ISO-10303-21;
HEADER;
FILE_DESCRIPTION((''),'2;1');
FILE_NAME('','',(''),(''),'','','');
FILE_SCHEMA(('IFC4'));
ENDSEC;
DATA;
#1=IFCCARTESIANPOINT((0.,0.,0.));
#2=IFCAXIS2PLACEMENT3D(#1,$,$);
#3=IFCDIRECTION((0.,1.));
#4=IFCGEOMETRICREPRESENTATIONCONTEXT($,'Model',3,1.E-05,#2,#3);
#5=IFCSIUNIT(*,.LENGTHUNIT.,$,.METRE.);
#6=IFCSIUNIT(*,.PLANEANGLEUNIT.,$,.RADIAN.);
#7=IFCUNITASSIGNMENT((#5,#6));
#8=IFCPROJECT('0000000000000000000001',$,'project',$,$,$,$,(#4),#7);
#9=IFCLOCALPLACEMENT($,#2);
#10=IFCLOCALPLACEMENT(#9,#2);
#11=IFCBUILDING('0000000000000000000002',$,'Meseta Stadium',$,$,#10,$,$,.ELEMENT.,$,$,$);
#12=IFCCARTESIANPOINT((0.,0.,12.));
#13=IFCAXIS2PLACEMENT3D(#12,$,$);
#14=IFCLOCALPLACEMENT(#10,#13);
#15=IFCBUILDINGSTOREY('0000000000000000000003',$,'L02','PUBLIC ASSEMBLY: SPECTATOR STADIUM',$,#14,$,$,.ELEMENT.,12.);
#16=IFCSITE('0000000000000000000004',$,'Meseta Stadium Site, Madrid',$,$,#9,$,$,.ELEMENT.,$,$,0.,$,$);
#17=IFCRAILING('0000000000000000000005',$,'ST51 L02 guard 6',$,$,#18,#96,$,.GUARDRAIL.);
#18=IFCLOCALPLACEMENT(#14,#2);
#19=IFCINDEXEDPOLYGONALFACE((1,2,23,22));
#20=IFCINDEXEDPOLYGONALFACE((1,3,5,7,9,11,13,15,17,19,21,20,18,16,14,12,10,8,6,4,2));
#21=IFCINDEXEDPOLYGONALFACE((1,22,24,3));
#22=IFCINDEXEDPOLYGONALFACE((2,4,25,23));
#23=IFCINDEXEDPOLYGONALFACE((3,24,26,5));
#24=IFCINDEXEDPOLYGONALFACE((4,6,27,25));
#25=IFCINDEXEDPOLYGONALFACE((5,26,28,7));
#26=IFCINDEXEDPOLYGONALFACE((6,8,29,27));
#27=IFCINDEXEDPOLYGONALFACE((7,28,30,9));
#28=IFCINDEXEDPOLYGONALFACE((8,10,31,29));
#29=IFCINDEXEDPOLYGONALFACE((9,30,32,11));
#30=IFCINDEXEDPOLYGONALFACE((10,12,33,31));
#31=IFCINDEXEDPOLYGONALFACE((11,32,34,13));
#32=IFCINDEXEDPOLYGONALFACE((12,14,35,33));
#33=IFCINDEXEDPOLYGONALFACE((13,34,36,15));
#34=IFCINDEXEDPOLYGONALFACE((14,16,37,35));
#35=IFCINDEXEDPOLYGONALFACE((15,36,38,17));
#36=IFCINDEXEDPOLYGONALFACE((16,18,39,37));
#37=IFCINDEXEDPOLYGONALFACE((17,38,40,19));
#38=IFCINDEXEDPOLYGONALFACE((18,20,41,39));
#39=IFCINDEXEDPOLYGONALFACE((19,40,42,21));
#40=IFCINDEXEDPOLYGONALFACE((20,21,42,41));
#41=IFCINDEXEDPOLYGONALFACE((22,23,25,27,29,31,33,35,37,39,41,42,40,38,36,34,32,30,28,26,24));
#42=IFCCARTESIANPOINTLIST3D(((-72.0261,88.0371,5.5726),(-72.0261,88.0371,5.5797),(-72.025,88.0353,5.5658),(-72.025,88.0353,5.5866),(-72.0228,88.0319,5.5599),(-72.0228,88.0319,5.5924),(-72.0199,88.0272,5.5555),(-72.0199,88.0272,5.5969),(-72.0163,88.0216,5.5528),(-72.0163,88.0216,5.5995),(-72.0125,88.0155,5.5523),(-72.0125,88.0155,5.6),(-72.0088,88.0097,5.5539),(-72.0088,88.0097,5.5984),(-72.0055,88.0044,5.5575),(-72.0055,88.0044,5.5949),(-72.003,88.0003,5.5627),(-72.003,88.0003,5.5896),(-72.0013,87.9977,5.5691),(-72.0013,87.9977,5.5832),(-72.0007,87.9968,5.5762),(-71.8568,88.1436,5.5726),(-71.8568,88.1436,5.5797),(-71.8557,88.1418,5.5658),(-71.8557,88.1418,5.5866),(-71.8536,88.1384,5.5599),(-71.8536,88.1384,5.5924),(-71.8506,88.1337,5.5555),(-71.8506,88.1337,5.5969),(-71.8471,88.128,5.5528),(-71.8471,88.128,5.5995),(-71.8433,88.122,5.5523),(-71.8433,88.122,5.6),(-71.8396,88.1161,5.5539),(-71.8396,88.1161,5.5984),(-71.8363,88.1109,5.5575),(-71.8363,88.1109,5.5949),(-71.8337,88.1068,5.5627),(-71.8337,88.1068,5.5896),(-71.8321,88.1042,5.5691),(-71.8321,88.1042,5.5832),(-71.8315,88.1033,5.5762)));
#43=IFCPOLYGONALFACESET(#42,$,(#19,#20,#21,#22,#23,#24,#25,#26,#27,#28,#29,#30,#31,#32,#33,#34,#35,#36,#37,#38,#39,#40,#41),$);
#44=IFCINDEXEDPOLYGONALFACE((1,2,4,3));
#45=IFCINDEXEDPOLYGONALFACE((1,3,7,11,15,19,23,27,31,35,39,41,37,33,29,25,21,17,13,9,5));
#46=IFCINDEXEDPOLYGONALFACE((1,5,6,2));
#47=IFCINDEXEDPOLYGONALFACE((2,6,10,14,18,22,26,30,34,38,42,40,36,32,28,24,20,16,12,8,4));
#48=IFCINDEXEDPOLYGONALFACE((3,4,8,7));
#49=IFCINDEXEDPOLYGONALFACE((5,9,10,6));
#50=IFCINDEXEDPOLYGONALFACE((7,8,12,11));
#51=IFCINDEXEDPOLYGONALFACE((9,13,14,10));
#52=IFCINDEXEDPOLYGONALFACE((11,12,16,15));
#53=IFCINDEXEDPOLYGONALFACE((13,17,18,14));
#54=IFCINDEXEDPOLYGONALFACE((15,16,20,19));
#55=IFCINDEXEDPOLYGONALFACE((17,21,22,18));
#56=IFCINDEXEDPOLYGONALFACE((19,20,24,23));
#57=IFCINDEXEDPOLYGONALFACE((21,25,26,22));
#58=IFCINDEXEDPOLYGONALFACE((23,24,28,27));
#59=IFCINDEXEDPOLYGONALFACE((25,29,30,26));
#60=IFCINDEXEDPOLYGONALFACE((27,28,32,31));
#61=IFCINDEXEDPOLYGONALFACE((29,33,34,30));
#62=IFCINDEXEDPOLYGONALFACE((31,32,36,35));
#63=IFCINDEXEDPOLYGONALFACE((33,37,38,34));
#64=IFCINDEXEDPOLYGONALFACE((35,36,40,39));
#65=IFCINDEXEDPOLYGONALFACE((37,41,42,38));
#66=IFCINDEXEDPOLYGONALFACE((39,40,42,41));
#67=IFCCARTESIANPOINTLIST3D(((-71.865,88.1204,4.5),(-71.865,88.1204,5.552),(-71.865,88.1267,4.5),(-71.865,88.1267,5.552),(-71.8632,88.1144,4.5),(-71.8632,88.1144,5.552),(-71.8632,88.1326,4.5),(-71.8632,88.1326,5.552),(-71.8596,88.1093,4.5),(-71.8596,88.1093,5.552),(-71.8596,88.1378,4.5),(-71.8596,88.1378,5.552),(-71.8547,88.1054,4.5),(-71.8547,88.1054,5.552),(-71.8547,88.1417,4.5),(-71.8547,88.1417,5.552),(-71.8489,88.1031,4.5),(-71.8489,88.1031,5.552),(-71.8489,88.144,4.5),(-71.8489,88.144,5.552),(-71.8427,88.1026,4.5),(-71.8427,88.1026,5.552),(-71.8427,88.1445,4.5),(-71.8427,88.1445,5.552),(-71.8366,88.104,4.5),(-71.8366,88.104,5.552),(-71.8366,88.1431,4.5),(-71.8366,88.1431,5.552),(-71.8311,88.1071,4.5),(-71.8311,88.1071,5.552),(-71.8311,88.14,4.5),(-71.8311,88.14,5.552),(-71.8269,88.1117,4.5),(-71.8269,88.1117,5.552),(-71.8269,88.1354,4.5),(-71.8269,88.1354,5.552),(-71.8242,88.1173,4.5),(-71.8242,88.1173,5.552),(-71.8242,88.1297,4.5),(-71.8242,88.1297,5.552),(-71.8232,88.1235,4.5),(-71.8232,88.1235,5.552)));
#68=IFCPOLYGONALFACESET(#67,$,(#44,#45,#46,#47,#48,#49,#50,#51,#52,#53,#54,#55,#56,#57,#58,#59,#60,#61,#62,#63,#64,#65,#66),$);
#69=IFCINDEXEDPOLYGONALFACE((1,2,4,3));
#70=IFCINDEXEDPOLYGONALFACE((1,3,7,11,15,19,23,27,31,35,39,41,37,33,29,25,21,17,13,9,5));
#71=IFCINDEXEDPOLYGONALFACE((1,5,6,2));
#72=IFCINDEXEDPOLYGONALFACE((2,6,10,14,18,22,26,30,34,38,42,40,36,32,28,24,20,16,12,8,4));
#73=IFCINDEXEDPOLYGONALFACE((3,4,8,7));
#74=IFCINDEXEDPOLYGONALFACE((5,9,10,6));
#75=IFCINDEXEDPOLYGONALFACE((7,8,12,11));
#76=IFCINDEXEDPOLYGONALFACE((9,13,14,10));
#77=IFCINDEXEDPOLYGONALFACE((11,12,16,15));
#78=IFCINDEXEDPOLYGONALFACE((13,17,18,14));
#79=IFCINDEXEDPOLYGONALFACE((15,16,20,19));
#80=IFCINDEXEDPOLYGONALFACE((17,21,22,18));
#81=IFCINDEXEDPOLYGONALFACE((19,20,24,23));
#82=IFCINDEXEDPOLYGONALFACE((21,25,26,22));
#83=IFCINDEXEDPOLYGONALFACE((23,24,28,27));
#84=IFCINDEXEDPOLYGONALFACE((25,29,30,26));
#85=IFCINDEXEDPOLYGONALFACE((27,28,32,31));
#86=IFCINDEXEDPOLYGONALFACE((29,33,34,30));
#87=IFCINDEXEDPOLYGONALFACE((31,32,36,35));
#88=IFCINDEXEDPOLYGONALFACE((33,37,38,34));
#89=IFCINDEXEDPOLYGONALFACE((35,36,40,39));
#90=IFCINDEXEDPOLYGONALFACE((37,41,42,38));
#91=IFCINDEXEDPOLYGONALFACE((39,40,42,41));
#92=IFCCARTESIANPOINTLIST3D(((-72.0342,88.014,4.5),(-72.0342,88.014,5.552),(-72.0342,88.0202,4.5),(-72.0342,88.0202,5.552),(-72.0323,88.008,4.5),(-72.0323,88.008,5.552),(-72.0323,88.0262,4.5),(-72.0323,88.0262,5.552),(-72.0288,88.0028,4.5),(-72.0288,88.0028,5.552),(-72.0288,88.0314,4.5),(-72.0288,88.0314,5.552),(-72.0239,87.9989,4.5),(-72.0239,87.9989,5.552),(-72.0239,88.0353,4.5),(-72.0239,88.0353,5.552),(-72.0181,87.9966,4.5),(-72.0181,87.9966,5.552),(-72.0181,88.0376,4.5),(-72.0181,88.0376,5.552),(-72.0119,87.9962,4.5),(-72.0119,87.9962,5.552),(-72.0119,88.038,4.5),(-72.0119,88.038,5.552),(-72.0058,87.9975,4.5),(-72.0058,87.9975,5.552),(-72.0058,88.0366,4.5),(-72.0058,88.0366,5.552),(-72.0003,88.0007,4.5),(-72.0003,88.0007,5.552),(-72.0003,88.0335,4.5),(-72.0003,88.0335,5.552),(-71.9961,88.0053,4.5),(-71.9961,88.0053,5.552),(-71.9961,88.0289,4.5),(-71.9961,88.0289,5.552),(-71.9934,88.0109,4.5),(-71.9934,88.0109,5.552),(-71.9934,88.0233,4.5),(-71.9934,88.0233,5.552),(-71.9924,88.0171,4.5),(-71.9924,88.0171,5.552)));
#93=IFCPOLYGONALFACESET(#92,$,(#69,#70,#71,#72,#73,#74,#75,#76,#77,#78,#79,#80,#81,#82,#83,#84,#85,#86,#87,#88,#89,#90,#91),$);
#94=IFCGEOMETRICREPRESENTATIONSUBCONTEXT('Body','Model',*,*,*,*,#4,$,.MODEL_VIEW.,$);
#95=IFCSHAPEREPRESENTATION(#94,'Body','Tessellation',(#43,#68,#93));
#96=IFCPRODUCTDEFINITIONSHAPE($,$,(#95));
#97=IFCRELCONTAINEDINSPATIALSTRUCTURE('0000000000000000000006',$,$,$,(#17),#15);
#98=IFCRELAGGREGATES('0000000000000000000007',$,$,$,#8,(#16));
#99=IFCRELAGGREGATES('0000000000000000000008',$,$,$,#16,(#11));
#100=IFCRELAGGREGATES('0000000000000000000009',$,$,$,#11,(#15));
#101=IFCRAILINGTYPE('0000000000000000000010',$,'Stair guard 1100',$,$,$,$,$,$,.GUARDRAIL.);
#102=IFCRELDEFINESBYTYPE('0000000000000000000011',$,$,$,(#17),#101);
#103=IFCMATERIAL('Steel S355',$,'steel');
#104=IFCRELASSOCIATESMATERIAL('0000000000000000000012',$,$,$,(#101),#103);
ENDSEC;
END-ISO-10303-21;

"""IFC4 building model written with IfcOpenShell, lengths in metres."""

from ifc_helpers import new_model, si_unit, direction, frame, origin, origin_2d, place, context, subcontext, project, spatial, circle, extrude, material, type_object, element, save


model = new_model("IFC4")

# Units and contexts
model_context = context("Model", 3, precision=1e-05, world=origin(), true_north=direction((0.0, 1.0)))
body_context = subcontext(model_context, "Body", "Model", "MODEL_VIEW")
ifc_project = project(units=[si_unit("LENGTHUNIT", "METRE"), si_unit("PLANEANGLEUNIT", "RADIAN")], contexts=[model_context])

# Site, building, storey
site_placement = place(None, origin())
site = spatial("IfcSite", under=ifc_project, at=site_placement, Name="Meseta Stadium Site, Madrid", CompositionType="ELEMENT", RefElevation=0.0)
building_placement = place(site_placement, origin())
building = spatial("IfcBuilding", under=site, at=building_placement, Name="Meseta Stadium", CompositionType="ELEMENT")
storey_placement = place(building_placement, frame((0.0, 0.0, 12.0)))
storey = spatial("IfcBuildingStorey", under=building, at=storey_placement, Name="L02", Description="PUBLIC ASSEMBLY: SPECTATOR STADIUM", CompositionType="ELEMENT", Elevation=12.0)

# Railing
ifc_material_1 = material(Name="Steel S355", Category="steel")
railing_type_1 = type_object("IfcRailingType", Name="Stair guard 1100", PredefinedType="GUARDRAIL", material=ifc_material_1)
railing_1_placement = place(storey_placement, frame((-71.8442, 88.1235, 4.5)))
element("IfcRailing", 1, at=railing_1_placement, inside=storey, type_object=railing_type_1, Name="ST51 L02 guard 6", PredefinedType="GUARDRAIL", context=body_context, shape_type="SweptSolid", body=[
    extrude(circle(Radius=0.0239, at=origin_2d()), frame((0.0, 0.0, 1.0762), z_axis=(-0.846416, -0.532522, 0.0), x_axis=(0.532522, -0.846416, 0.0)), (0.0, 0.0, 1.0), 0.2),
    extrude(circle(Radius=0.021, at=origin_2d()), origin(), (0.0, 0.0, 1.0), 1.052),
    extrude(circle(Radius=0.021, at=origin_2d()), frame((-0.1692, -0.1064, 0.0)), (0.0, 0.0, 1.0), 1.052),
])

save(model, "model.ifc")
